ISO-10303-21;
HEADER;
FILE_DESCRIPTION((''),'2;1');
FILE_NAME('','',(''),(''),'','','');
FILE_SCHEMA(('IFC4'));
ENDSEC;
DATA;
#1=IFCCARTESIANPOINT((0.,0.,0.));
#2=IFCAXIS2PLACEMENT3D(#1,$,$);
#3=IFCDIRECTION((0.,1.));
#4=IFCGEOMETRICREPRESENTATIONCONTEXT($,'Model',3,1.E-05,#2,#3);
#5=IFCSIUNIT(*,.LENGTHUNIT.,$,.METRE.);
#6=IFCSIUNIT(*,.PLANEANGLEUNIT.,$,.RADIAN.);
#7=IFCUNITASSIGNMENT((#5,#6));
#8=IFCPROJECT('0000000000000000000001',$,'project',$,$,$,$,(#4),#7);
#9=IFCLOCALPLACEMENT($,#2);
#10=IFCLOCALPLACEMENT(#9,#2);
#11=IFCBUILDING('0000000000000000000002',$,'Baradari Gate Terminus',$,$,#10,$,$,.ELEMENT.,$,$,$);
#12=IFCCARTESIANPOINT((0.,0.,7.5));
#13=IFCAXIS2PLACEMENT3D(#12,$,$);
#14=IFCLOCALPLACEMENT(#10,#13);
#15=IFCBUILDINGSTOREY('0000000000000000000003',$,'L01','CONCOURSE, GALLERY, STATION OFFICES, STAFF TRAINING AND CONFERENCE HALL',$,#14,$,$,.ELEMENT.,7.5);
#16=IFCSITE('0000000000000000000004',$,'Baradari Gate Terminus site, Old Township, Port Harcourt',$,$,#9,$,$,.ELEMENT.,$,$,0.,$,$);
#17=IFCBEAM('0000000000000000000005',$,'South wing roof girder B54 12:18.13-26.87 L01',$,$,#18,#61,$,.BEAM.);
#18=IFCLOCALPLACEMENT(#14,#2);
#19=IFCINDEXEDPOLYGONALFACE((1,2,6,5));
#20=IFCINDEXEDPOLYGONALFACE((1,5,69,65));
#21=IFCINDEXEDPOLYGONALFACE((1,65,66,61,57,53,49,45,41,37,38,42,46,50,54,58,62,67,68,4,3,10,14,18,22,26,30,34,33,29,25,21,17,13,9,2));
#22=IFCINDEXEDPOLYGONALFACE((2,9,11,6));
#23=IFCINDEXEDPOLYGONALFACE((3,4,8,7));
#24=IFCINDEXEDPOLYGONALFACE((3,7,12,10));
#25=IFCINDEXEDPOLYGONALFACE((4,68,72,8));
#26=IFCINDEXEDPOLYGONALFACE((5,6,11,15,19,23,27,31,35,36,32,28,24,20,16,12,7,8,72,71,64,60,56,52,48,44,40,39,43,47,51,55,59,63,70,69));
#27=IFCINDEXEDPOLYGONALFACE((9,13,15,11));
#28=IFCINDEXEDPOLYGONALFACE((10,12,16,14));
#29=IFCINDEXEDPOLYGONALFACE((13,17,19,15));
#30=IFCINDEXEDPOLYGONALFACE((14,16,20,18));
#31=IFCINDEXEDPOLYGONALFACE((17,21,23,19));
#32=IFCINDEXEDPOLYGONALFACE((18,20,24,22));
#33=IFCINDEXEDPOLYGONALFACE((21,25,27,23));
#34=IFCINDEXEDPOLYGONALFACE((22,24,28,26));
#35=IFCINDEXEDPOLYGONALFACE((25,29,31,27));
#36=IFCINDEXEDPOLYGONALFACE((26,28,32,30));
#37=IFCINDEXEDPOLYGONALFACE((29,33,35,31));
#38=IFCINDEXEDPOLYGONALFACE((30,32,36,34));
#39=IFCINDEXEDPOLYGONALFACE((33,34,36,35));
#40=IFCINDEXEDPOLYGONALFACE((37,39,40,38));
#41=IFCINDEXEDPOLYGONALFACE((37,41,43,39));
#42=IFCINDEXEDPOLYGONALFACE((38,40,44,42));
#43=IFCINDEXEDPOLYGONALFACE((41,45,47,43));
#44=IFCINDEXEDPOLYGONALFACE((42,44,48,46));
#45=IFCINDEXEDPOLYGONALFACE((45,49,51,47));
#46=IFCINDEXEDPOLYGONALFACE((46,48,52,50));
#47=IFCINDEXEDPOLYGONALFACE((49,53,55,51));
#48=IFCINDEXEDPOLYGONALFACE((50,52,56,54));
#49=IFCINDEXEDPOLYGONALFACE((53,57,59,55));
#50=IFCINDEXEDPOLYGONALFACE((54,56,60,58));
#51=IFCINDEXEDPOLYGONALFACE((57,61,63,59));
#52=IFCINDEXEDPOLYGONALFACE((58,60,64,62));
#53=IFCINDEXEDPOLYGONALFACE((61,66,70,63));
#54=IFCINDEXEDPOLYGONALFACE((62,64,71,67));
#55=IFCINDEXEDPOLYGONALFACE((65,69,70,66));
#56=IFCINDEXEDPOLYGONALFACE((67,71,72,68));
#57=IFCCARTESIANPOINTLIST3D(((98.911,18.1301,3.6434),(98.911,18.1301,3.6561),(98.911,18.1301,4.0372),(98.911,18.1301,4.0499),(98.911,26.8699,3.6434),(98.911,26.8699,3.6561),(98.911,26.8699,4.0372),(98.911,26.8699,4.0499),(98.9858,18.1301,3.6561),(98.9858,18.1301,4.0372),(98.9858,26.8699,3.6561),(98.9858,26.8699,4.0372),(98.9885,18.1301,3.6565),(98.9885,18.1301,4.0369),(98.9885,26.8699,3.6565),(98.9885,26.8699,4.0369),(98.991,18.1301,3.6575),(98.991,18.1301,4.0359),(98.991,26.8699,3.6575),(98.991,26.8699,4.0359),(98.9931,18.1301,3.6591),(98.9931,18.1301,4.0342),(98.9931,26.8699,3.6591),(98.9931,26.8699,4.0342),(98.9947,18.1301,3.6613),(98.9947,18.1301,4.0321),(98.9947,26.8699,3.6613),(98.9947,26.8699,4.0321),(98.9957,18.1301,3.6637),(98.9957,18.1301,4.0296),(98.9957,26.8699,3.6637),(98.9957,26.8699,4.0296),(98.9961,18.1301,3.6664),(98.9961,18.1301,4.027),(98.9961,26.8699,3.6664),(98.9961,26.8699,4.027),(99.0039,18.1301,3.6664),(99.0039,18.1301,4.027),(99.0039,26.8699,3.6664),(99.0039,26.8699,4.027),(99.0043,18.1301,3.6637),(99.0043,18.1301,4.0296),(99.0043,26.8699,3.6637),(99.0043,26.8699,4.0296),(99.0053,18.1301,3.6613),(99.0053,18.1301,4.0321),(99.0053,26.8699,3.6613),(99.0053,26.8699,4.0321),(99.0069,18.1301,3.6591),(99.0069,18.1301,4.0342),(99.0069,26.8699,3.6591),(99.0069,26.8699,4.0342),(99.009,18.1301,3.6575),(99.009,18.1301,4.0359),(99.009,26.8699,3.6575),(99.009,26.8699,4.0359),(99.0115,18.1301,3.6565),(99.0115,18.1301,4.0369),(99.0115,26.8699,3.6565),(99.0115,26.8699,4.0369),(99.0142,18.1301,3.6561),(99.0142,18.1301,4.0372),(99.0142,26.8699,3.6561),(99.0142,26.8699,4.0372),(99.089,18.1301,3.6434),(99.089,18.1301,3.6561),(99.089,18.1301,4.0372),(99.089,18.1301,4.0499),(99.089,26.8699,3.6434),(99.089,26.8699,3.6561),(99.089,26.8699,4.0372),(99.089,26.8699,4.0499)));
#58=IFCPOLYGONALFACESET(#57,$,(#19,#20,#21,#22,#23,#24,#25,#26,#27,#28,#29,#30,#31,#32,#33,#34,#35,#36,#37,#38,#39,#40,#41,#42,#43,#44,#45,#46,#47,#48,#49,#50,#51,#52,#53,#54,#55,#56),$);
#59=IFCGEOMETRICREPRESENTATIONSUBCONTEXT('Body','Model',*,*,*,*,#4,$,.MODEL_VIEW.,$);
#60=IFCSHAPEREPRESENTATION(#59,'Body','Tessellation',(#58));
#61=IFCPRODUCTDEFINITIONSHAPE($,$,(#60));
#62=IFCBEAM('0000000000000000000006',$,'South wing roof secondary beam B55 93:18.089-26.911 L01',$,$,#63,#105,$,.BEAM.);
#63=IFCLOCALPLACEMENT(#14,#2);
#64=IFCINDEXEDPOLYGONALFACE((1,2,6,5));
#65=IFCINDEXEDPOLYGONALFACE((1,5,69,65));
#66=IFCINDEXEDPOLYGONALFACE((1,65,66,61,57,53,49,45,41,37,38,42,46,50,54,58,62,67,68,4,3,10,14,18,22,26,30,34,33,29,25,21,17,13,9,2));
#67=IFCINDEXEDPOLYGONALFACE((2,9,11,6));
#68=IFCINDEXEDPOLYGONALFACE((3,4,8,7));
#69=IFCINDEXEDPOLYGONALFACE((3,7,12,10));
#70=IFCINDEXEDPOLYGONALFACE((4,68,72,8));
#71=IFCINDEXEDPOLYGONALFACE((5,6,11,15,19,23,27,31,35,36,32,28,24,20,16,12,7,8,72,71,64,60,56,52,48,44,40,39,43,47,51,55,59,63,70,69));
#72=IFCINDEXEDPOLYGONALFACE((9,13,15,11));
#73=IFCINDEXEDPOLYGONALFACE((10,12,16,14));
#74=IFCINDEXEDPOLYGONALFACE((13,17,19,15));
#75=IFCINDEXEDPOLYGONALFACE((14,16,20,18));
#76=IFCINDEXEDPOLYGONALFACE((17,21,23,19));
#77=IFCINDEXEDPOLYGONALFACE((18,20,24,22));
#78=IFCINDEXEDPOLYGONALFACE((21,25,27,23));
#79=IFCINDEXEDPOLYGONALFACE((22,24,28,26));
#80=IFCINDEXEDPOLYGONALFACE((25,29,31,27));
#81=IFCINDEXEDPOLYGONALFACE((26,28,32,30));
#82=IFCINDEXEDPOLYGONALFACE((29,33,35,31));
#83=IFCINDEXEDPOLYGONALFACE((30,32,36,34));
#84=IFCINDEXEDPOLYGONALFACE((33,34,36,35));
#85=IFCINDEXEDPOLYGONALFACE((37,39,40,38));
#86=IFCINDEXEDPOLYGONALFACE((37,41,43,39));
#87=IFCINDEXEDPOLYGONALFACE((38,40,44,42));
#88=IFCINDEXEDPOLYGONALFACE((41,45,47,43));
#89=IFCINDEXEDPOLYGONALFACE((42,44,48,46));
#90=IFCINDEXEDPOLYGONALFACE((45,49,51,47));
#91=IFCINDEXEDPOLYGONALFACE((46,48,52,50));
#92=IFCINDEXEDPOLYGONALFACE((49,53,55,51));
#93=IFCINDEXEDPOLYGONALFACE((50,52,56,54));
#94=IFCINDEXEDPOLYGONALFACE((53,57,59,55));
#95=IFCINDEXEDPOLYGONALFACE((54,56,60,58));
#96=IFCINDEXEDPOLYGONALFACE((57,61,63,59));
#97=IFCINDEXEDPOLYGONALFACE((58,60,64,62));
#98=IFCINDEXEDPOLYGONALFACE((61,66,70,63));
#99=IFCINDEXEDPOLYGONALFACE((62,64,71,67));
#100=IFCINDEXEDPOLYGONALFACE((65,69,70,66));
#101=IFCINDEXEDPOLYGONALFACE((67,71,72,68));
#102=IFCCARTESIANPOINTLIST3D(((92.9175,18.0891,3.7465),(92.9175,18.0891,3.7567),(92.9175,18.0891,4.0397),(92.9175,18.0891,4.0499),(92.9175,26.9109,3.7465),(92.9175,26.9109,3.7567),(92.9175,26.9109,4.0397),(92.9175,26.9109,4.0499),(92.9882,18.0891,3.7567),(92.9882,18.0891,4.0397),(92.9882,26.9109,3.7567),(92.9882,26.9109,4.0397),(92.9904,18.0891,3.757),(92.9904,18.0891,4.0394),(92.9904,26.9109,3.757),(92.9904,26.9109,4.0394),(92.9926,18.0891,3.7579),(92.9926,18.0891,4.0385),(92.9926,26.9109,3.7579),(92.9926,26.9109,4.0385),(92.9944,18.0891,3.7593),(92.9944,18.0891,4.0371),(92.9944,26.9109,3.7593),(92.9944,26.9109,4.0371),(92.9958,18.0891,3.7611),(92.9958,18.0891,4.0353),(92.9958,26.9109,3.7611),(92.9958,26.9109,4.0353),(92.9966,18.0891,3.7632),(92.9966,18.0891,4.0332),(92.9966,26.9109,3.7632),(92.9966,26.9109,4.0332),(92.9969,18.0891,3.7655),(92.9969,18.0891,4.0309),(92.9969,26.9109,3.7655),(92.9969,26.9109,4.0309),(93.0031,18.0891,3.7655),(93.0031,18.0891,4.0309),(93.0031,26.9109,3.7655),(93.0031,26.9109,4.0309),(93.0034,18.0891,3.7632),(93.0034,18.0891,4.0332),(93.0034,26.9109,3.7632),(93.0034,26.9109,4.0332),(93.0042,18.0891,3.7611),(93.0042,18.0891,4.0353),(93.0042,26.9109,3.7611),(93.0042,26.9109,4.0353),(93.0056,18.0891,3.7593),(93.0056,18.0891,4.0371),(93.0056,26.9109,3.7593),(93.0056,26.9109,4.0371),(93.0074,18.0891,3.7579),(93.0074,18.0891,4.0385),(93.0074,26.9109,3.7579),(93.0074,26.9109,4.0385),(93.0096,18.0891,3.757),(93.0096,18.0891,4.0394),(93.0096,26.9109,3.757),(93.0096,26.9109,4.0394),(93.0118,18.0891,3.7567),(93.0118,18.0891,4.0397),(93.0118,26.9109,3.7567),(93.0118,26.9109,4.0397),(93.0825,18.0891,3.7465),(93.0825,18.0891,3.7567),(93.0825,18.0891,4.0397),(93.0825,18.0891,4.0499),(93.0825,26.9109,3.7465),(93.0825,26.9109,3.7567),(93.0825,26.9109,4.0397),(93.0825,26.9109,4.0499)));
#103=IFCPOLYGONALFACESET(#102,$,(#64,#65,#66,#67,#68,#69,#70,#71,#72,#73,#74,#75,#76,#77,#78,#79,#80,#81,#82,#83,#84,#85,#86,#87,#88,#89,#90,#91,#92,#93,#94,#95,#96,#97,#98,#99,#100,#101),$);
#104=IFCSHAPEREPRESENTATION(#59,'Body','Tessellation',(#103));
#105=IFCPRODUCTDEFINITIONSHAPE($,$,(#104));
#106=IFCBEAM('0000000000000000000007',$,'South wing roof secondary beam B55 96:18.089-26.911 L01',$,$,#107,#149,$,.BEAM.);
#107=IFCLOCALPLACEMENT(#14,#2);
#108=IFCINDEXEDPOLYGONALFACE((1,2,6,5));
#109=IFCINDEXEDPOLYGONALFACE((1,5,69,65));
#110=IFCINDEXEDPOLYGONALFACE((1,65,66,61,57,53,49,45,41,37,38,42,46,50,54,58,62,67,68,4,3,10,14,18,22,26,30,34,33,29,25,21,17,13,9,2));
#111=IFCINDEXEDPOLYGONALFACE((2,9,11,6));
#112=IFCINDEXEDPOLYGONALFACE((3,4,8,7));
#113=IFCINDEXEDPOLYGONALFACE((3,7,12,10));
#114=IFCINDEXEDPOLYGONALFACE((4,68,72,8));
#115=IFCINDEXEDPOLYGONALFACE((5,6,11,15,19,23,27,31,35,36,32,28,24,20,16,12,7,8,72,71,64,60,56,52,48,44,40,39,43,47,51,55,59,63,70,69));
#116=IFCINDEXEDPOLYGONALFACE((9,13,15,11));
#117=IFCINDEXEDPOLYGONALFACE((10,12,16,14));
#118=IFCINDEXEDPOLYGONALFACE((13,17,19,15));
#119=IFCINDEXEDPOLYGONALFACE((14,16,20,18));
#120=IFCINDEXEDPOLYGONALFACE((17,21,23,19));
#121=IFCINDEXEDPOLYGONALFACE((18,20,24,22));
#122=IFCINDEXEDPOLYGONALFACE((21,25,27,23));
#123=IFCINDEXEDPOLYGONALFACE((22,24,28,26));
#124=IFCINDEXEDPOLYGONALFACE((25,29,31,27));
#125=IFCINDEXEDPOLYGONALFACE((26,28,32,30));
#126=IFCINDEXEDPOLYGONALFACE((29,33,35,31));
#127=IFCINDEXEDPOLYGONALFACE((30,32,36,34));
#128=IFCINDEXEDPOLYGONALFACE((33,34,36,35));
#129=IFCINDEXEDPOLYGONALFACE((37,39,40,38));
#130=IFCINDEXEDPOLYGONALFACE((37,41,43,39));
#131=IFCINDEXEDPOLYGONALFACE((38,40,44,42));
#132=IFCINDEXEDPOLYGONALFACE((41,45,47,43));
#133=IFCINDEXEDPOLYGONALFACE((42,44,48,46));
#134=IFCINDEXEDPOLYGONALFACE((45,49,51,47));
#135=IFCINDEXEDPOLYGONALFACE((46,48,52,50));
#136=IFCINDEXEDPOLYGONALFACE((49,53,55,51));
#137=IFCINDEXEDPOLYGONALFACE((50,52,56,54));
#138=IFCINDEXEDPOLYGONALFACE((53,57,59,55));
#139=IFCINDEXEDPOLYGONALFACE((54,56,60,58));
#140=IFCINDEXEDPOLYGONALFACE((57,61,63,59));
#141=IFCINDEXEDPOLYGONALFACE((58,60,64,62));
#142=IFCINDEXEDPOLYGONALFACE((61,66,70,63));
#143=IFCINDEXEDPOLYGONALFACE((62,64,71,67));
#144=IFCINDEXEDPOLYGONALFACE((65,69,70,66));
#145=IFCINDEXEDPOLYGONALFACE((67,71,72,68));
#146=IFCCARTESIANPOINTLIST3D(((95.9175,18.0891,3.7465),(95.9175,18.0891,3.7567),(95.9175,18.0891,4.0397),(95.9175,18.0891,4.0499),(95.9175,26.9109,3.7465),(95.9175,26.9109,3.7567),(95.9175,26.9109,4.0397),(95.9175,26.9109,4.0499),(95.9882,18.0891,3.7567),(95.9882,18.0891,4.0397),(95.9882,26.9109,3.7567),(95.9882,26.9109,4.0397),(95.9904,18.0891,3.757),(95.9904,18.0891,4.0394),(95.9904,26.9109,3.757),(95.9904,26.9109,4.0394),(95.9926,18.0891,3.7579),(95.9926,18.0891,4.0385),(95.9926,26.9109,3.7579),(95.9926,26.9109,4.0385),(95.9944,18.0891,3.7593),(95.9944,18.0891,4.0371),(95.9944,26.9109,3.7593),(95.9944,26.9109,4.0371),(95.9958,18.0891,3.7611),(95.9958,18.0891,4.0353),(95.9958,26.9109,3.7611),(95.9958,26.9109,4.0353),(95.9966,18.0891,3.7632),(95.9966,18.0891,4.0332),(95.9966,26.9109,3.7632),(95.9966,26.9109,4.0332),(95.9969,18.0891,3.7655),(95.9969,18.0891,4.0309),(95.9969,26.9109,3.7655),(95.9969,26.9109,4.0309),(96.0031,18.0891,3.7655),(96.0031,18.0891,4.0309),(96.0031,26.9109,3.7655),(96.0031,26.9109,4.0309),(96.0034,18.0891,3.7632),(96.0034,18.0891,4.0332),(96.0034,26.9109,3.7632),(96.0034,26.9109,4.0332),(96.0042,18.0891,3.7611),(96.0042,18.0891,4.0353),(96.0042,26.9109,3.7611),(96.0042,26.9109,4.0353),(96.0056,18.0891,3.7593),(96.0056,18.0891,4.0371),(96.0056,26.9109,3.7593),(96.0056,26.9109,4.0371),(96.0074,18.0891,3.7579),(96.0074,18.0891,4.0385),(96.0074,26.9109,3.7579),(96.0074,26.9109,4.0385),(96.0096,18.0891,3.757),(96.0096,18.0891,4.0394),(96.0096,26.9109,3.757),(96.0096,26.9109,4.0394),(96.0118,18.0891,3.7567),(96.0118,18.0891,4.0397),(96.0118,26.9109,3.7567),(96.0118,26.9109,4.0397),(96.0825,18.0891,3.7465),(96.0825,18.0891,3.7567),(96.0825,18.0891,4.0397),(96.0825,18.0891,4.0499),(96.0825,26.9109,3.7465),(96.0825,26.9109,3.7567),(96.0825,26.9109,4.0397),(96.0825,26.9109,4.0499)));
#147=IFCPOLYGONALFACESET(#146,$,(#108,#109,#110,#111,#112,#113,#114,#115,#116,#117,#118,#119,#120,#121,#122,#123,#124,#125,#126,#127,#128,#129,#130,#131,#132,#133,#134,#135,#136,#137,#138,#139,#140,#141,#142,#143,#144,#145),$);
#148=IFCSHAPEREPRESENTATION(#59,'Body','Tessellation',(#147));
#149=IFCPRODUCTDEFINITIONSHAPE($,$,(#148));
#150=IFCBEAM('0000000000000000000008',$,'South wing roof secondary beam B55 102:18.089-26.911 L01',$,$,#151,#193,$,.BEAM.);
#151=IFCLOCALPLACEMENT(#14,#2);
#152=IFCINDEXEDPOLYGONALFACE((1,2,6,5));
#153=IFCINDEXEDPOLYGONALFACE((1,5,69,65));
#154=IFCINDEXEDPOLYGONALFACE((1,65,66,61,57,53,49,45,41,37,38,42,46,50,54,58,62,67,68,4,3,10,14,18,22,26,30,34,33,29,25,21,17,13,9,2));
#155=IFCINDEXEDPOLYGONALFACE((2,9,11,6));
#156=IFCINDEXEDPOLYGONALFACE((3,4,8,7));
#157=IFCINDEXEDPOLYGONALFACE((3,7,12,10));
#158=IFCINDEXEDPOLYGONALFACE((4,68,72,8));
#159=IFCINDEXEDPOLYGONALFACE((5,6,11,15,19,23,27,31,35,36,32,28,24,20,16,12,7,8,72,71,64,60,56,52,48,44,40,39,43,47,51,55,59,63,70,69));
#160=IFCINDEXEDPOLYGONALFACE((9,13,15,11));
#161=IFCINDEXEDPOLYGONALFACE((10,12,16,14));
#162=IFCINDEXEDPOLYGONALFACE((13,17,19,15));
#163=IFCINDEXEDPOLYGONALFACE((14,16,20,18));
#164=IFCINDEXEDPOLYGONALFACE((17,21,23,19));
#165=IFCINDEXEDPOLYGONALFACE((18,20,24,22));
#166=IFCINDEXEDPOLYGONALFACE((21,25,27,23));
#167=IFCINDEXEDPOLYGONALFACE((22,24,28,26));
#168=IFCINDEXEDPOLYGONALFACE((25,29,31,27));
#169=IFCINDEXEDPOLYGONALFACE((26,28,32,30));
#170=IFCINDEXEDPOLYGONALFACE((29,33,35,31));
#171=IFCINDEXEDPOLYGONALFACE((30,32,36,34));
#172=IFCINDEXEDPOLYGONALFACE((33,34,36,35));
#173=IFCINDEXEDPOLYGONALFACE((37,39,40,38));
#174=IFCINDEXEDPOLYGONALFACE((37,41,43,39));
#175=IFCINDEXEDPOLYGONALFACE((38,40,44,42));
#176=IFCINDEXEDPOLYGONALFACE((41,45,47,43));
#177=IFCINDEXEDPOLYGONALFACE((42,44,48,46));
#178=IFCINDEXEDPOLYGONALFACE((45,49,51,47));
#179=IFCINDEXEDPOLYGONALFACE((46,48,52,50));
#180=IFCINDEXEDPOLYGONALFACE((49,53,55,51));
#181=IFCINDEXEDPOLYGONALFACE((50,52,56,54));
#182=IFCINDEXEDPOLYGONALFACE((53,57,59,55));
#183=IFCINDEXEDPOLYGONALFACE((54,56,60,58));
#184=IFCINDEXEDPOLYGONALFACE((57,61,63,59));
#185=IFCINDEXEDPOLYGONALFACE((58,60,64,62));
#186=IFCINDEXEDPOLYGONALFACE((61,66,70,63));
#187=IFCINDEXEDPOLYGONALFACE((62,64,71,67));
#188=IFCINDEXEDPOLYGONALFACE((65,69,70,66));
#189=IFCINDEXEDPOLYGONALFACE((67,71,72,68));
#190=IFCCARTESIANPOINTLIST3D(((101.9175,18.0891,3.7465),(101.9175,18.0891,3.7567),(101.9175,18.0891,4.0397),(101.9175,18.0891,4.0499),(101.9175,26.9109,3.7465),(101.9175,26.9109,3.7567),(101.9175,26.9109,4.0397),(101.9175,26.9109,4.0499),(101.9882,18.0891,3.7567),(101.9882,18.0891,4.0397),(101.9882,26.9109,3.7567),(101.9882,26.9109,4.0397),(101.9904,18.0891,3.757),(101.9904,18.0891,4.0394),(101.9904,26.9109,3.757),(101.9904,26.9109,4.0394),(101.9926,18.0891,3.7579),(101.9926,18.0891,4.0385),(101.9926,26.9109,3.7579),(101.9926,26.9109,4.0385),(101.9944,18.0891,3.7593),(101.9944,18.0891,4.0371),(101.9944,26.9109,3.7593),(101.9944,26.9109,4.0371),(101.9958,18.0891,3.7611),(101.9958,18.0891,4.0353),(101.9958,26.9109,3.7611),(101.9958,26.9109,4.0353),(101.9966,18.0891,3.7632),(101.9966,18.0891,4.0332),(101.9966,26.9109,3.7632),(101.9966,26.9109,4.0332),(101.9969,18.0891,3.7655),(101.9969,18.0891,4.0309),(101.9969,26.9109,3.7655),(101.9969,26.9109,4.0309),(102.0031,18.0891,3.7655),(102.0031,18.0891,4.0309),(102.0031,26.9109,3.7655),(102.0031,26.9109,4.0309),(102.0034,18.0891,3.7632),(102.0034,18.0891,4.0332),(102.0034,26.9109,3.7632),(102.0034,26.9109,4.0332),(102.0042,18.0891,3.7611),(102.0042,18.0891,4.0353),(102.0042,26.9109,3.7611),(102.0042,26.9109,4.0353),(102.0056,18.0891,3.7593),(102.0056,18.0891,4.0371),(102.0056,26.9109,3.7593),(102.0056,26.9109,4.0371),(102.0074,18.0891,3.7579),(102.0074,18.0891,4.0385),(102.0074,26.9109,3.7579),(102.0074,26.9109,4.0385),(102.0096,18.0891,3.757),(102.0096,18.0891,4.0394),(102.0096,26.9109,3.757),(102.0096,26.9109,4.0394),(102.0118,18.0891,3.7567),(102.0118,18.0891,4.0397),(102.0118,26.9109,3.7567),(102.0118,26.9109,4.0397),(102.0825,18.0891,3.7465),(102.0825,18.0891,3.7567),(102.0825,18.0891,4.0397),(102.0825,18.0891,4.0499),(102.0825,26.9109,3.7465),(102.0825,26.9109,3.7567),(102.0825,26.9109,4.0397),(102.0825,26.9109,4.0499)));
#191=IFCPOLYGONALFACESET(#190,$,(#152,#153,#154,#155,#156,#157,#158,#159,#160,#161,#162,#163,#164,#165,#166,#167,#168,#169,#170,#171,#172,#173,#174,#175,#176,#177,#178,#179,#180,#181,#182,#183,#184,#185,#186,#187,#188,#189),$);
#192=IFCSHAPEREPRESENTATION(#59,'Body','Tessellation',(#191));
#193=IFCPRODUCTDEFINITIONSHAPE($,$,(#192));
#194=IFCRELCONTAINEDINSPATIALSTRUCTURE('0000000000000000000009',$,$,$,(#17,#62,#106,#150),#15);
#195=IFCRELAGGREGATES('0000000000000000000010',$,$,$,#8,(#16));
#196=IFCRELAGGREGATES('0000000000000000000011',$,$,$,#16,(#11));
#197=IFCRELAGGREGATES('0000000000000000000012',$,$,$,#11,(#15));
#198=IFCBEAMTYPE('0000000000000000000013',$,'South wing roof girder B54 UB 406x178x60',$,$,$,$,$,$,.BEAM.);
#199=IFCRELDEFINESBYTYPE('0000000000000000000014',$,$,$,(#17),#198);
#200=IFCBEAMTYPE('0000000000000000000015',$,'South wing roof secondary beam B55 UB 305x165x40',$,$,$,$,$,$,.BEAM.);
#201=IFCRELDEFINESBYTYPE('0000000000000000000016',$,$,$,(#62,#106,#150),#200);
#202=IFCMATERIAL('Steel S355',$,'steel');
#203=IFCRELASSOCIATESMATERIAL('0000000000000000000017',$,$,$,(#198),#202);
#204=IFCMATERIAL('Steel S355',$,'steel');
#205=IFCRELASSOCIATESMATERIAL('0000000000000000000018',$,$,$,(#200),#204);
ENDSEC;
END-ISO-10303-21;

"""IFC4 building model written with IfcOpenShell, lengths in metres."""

from ifc_helpers import new_model, si_unit, direction, frame, origin, origin_2d, place, context, subcontext, project, spatial, i_section, extrude, material, material_profile, profile_set, type_object, element, save


model = new_model("IFC4")

# Units and contexts
model_context = context("Model", 3, precision=1e-05, world=origin(), true_north=direction((0.0, 1.0)))
body_context = subcontext(model_context, "Body", "Model", "MODEL_VIEW")
ifc_project = project(units=[si_unit("LENGTHUNIT", "METRE"), si_unit("PLANEANGLEUNIT", "RADIAN")], contexts=[model_context])

# Site, building, storey
site_placement = place(None, origin())
site = spatial("IfcSite", under=ifc_project, at=site_placement, Name="Baradari Gate Terminus site, Old Township, Port Harcourt", CompositionType="ELEMENT", RefElevation=0.0)
building_placement = place(site_placement, origin())
building = spatial("IfcBuilding", under=site, at=building_placement, Name="Baradari Gate Terminus", CompositionType="ELEMENT")
storey_placement = place(building_placement, frame((0.0, 0.0, 7.5)))
storey = spatial("IfcBuildingStorey", under=building, at=storey_placement, Name="L01", Description="CONCOURSE, GALLERY, STATION OFFICES, STAFF TRAINING AND CONFERENCE HALL", CompositionType="ELEMENT", Elevation=7.5)

# Beams
ifc_material_1 = material(Name="Steel S355", Category="steel")
ifc_material_profile_1 = material_profile(ifc_material_1, i_section(OverallWidth=0.178, OverallDepth=0.4065, WebThickness=0.0078, FlangeThickness=0.0127, FilletRadius=0.0103, at=origin_2d()), Name="UB 406x178x60")
ifc_profile_set_1 = profile_set([ifc_material_profile_1], Name="Steel S355")
beam_type_1 = type_object("IfcBeamType", Name="South wing roof girder B54 UB 406x178x60", PredefinedType="BEAM", material=ifc_profile_set_1)
beam_1_placement = place(storey_placement, frame((99.0, 18.1301, 3.8467), z_axis=(0.0, 1.0, 0.0), x_axis=(-1.0, 0.0, 0.0)))
element("IfcBeam", 1, at=beam_1_placement, inside=storey, type_object=beam_type_1, Name="South wing roof girder B54 12:18.13-26.87 L01", PredefinedType="BEAM", context=body_context, shape_type="SweptSolid", body=[
    extrude(i_section(OverallWidth=0.178, OverallDepth=0.4065, WebThickness=0.0078, FlangeThickness=0.0127, FilletRadius=0.0103, at=origin_2d()), origin(), (0.0, 0.0, 1.0), 8.7397),
])
ifc_material_2 = material(Name="Steel S355", Category="steel")
ifc_material_profile_2 = material_profile(ifc_material_2, i_section(OverallWidth=0.165, OverallDepth=0.3035, WebThickness=0.0061, FlangeThickness=0.0103, FilletRadius=0.0088, at=origin_2d()), Name="UB 305x165x40")
ifc_profile_set_2 = profile_set([ifc_material_profile_2], Name="Steel S355")
beam_type_2 = type_object("IfcBeamType", Name="South wing roof secondary beam B55 UB 305x165x40", PredefinedType="BEAM", material=ifc_profile_set_2)
for number, where, z_axis, x_axis, name in (
    (2, (93.0, 18.0891, 3.8982), (0.0, 1.0, 0.0), (-1.0, 0.0, 0.0), "South wing roof secondary beam B55 93:18.089-26.911 L01"),
    (3, (96.0, 18.0891, 3.8982), (0.0, 1.0, 0.0), (-1.0, 0.0, 0.0), "South wing roof secondary beam B55 96:18.089-26.911 L01"),
    (4, (102.0, 18.0891, 3.8982), (0.0, 1.0, 0.0), (-1.0, 0.0, 0.0), "South wing roof secondary beam B55 102:18.089-26.911 L01"),
):
    element("IfcBeam", number, at=place(storey_placement, frame(where, z_axis=z_axis, x_axis=x_axis)), inside=storey, type_object=beam_type_2, Name=name, PredefinedType="BEAM", context=body_context, shape_type="SweptSolid", body=[
        extrude(i_section(OverallWidth=0.165, OverallDepth=0.3035, WebThickness=0.0061, FlangeThickness=0.0103, FilletRadius=0.0088, at=origin_2d()), origin(), (0.0, 0.0, 1.0), 8.8218),
    ])

save(model, "model.ifc")
